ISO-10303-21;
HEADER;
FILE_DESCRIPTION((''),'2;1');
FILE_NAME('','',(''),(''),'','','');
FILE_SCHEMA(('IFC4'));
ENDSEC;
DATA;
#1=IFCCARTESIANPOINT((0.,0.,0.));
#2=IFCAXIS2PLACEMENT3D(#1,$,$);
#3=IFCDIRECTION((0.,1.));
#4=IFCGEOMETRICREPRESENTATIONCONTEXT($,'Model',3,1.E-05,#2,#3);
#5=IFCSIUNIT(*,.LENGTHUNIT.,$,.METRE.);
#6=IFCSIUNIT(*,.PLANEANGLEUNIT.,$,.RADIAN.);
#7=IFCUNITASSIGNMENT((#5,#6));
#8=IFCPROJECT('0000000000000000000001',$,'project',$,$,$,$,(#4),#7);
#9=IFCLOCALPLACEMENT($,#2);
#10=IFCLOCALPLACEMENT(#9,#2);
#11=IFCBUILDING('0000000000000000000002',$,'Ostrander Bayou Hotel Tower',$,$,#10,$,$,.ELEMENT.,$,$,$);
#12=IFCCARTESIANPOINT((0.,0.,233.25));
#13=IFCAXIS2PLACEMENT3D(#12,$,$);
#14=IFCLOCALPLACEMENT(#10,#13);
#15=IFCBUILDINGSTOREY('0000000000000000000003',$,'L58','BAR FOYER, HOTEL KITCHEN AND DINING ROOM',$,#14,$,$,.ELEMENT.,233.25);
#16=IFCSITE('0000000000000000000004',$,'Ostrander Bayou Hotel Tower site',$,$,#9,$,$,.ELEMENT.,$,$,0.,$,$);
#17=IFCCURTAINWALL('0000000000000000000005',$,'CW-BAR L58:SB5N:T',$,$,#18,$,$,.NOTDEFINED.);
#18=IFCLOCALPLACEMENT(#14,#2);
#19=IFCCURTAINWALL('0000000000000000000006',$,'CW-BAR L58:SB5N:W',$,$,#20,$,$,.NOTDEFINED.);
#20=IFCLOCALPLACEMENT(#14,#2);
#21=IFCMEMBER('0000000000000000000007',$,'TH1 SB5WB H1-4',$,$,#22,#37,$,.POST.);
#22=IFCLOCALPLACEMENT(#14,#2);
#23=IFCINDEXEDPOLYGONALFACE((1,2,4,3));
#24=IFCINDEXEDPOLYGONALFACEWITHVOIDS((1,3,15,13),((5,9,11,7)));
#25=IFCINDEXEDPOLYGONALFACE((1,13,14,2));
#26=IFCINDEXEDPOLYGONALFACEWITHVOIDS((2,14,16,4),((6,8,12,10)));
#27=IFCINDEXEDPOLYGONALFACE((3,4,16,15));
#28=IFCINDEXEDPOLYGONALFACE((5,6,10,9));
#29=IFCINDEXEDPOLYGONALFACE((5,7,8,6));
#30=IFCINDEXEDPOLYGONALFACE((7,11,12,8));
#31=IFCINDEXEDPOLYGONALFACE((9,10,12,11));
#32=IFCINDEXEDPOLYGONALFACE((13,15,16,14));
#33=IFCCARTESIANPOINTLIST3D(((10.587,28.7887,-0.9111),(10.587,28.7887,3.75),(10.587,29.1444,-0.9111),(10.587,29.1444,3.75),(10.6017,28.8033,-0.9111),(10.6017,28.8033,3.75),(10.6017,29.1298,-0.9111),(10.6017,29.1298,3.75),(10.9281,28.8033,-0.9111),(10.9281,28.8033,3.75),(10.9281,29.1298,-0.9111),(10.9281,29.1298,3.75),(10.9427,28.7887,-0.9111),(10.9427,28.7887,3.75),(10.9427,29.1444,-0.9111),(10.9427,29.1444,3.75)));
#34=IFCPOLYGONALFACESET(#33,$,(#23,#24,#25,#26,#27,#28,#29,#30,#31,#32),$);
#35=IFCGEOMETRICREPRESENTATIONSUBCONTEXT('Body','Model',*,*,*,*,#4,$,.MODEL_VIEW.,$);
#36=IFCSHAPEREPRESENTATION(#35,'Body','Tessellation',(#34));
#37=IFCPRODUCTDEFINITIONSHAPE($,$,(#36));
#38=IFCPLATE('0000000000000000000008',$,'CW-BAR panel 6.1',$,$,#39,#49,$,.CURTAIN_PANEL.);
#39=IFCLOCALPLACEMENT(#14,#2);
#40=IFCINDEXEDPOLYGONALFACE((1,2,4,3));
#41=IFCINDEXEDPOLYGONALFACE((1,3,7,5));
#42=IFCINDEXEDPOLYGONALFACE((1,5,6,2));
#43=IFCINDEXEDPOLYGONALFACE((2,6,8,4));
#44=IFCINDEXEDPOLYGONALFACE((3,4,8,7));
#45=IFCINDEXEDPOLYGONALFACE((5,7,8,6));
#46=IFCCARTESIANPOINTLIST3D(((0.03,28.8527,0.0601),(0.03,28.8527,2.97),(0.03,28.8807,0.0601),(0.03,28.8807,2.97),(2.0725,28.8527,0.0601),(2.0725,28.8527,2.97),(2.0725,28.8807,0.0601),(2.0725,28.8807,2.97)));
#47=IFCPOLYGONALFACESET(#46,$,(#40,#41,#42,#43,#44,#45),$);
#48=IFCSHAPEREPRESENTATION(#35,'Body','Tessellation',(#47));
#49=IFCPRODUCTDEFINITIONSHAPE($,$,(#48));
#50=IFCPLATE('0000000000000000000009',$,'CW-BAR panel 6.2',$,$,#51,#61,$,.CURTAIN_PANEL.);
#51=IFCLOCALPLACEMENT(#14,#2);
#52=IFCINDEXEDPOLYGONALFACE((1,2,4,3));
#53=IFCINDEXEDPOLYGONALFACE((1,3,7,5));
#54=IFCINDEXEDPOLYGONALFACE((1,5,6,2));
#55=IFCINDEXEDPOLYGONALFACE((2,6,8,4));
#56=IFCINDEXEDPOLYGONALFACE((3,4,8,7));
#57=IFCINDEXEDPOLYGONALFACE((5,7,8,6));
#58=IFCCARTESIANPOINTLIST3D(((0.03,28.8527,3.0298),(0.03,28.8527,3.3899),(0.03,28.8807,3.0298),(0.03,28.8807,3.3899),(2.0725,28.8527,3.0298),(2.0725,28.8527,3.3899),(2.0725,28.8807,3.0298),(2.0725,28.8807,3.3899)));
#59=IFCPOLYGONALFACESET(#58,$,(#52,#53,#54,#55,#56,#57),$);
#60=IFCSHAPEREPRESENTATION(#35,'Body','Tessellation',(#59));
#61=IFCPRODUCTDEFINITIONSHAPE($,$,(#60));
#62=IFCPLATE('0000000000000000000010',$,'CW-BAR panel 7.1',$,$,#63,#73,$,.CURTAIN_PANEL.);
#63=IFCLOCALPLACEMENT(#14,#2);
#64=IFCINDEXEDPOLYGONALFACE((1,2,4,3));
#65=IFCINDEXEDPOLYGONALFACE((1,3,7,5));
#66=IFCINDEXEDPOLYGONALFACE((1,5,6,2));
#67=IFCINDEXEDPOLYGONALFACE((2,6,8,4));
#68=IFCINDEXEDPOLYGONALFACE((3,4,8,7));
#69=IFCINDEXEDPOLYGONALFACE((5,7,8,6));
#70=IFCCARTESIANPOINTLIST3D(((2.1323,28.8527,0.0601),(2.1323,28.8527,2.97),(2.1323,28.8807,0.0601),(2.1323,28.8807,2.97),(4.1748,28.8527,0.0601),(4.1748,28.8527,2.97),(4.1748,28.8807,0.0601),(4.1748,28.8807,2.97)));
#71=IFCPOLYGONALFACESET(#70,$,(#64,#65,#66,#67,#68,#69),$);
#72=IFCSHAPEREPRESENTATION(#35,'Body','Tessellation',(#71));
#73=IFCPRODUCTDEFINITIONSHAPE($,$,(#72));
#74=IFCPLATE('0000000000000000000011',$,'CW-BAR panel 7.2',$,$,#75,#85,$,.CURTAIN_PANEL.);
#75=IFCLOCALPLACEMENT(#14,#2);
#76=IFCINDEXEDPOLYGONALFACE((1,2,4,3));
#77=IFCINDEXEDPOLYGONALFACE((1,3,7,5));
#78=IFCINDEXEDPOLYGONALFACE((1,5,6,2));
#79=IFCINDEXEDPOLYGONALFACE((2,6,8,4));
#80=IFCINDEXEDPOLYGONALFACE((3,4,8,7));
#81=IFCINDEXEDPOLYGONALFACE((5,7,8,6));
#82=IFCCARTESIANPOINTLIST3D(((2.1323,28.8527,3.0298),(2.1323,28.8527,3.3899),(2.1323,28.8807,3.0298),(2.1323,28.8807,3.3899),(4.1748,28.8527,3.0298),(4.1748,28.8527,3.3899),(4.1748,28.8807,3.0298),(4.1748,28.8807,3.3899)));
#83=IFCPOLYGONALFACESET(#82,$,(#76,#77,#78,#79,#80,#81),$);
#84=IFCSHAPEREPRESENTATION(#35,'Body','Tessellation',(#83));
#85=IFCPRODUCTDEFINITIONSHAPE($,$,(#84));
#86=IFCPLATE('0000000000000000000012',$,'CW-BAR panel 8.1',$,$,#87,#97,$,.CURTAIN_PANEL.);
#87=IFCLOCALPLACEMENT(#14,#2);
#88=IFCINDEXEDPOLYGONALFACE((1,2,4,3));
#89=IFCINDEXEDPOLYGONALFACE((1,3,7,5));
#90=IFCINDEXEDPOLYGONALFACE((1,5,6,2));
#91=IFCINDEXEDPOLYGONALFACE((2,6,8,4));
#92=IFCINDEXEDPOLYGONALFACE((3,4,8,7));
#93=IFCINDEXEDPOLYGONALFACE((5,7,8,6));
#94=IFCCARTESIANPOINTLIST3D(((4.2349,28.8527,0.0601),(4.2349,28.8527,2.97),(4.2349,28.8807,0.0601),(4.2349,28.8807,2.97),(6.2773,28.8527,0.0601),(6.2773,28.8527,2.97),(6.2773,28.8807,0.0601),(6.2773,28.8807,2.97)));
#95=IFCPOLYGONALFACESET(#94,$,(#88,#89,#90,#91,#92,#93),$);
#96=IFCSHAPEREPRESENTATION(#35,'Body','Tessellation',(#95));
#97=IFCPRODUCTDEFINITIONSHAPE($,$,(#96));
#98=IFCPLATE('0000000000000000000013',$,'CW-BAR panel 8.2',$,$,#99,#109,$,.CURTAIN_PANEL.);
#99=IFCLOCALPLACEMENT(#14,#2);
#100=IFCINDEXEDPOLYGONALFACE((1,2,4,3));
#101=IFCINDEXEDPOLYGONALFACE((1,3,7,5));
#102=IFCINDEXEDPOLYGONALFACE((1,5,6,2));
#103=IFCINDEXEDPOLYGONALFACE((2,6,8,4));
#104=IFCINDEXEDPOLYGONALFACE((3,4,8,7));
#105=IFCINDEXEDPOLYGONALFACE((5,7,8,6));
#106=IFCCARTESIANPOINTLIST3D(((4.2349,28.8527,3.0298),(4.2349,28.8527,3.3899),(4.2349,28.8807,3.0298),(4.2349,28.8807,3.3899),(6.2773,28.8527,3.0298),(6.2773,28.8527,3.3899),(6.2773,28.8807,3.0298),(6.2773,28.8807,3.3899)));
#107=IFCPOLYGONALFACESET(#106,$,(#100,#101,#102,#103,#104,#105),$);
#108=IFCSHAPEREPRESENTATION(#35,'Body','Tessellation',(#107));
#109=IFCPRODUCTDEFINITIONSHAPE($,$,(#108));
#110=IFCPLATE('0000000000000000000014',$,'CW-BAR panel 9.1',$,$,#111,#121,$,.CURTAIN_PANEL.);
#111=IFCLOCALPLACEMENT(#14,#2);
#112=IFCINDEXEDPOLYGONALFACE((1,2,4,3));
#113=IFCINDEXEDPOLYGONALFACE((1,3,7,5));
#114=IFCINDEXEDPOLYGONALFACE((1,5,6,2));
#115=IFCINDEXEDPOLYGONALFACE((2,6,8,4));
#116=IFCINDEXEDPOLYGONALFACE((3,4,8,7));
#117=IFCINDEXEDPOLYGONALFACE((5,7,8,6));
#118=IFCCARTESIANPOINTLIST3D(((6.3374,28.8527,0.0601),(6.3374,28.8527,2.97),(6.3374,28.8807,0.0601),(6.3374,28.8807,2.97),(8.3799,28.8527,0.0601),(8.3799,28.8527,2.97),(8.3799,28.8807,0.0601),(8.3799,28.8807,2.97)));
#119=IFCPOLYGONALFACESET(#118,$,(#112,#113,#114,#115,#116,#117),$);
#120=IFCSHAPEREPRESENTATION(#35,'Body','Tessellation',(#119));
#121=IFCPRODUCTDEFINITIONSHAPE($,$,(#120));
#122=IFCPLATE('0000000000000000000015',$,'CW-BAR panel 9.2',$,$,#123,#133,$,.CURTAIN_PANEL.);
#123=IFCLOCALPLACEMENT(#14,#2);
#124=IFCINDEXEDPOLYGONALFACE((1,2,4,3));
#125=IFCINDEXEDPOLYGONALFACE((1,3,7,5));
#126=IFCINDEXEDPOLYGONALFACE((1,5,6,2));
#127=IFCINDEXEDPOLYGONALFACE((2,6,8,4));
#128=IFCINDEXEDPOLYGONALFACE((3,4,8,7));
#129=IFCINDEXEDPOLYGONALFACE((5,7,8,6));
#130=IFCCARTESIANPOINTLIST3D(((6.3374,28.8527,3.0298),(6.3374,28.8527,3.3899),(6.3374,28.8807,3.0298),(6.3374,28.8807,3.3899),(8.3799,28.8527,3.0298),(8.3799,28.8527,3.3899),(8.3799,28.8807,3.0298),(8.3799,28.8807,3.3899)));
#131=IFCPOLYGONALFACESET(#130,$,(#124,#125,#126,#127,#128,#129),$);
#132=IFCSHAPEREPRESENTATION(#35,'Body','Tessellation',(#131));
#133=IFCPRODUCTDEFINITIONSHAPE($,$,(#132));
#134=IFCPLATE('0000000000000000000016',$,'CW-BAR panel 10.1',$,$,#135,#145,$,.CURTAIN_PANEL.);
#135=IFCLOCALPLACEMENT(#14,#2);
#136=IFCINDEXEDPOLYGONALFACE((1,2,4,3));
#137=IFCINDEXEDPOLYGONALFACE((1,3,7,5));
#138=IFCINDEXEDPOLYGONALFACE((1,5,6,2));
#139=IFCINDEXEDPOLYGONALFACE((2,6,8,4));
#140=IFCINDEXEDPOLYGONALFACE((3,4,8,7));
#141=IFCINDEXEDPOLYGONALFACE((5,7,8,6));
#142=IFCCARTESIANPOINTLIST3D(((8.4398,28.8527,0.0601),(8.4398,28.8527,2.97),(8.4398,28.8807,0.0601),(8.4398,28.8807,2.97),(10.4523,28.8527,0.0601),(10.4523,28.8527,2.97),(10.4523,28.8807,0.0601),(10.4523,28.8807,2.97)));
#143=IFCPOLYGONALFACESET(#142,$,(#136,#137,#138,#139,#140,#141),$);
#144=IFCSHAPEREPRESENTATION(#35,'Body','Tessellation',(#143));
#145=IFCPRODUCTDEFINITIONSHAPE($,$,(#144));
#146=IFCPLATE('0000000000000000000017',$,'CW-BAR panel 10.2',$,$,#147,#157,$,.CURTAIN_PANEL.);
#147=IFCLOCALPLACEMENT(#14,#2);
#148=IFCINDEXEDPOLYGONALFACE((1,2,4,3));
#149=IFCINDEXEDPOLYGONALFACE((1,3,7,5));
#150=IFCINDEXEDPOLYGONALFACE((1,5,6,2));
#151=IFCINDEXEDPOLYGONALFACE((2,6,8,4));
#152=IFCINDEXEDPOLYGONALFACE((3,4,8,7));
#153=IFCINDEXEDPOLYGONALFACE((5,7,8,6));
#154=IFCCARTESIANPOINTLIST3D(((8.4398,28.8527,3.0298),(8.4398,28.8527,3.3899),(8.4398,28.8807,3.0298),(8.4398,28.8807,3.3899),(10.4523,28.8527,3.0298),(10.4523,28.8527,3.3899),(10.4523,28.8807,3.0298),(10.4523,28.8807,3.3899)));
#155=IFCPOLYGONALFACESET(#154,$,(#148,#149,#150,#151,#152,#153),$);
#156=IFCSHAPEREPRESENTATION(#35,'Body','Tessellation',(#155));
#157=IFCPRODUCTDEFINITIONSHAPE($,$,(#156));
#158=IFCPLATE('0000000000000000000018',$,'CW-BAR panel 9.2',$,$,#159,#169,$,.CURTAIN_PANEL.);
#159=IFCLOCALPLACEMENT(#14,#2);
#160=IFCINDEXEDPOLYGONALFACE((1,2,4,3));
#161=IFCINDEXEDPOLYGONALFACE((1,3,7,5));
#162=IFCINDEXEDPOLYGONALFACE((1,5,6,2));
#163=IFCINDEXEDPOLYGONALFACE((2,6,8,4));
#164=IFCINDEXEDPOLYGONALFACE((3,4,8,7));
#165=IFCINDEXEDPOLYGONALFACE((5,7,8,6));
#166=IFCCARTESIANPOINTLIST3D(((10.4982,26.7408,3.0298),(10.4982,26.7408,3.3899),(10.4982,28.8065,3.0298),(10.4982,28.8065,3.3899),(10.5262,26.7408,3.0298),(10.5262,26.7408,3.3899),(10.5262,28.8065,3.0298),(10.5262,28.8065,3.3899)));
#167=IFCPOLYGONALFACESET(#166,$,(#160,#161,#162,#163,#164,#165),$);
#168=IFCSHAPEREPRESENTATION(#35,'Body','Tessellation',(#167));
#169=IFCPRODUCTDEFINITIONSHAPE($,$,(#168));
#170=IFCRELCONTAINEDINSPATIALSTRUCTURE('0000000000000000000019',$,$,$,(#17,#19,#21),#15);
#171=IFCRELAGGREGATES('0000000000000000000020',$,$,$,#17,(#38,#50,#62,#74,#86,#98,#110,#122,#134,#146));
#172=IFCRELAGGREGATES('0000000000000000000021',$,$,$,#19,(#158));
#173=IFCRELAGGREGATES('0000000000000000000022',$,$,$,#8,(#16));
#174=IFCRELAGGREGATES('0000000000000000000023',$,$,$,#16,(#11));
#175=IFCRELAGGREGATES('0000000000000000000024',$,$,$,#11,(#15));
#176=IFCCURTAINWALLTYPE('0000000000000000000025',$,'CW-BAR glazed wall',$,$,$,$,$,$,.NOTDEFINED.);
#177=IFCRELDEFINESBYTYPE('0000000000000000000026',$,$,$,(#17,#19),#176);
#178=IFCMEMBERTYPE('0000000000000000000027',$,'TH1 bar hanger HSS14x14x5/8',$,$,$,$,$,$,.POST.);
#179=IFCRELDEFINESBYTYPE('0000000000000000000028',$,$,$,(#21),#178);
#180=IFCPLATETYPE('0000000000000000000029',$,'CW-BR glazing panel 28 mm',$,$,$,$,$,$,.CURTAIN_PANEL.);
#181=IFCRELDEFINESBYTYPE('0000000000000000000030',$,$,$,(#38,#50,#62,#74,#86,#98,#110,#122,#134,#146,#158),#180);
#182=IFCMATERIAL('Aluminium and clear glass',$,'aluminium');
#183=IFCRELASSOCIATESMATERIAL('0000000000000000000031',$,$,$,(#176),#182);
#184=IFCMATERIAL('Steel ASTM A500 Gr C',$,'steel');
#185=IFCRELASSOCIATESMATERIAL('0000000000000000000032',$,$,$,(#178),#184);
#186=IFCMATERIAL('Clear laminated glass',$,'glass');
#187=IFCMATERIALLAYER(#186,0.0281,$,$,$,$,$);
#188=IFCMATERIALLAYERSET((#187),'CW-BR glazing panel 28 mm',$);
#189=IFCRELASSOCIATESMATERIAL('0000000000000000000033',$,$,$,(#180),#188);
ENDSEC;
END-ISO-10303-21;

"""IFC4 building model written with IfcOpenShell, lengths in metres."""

from ifc_helpers import new_model, si_unit, direction, frame, origin, origin_2d, place, context, subcontext, project, spatial, rectangle, hollow_rectangle, extrude, material, layer, layer_set, material_profile, profile_set, type_object, element, aggregate, save


model = new_model("IFC4")

# Units and contexts
model_context = context("Model", 3, precision=1e-05, world=origin(), true_north=direction((0.0, 1.0)))
body_context = subcontext(model_context, "Body", "Model", "MODEL_VIEW")
ifc_project = project(units=[si_unit("LENGTHUNIT", "METRE"), si_unit("PLANEANGLEUNIT", "RADIAN")], contexts=[model_context])

# Site, building, storey
site_placement = place(None, origin())
site = spatial("IfcSite", under=ifc_project, at=site_placement, Name="Ostrander Bayou Hotel Tower site", CompositionType="ELEMENT", RefElevation=0.0)
building_placement = place(site_placement, origin())
building = spatial("IfcBuilding", under=site, at=building_placement, Name="Ostrander Bayou Hotel Tower", CompositionType="ELEMENT")
storey_placement = place(building_placement, frame((0.0, 0.0, 233.25)))
storey = spatial("IfcBuildingStorey", under=building, at=storey_placement, Name="L58", Description="BAR FOYER, HOTEL KITCHEN AND DINING ROOM", CompositionType="ELEMENT", Elevation=233.25)

# Curtain wall
ifc_material_1 = material(Name="Aluminium and clear glass", Category="aluminium")
curtain_wall_type = type_object("IfcCurtainWallType", Name="CW-BAR glazed wall", PredefinedType="NOTDEFINED", material=ifc_material_1)
curtain_wall_1_placement = place(storey_placement, origin())
curtain_wall_1 = element("IfcCurtainWall", 1, at=curtain_wall_1_placement, inside=storey, type_object=curtain_wall_type, Name="CW-BAR L58:SB5N:T", PredefinedType="NOTDEFINED")

# Curtain wall
curtain_wall_2_placement = place(storey_placement, origin())
curtain_wall_2 = element("IfcCurtainWall", 2, at=curtain_wall_2_placement, inside=storey, type_object=curtain_wall_type, Name="CW-BAR L58:SB5N:W", PredefinedType="NOTDEFINED")

# Member
ifc_material_2 = material(Name="Steel ASTM A500 Gr C", Category="steel")
ifc_material_profile_1 = material_profile(ifc_material_2, hollow_rectangle(XDim=0.3557, YDim=0.3557, WallThickness=0.0146, at=origin_2d()))
ifc_profile_set_1 = profile_set([ifc_material_profile_1], Name="Steel ASTM A500 Gr C")
member_type_1 = type_object("IfcMemberType", Name="TH1 bar hanger HSS14x14x5/8", PredefinedType="POST", material=ifc_profile_set_1)
member_1_placement = place(storey_placement, frame((10.7649, 28.9666, -0.9111), z_axis=(0.0, 0.0, 1.0), x_axis=(1.0, 0.0, 0.0)))
element("IfcMember", 3, at=member_1_placement, inside=storey, type_object=member_type_1, Name="TH1 SB5WB H1-4", PredefinedType="POST", context=body_context, shape_type="SweptSolid", body=[
    extrude(hollow_rectangle(XDim=0.3557, YDim=0.3557, WallThickness=0.0146, at=origin_2d()), origin(), (0.0, 0.0, 1.0), 4.6611),
])

# Plates
ifc_material_3 = material(Name="Clear laminated glass", Category="glass")
ifc_layer = layer(ifc_material_3, 0.0281)
ifc_layer_set = layer_set([ifc_layer], Name="CW-BR glazing panel 28 mm")
plate_type = type_object("IfcPlateType", Name="CW-BR glazing panel 28 mm", PredefinedType="CURTAIN_PANEL", material=ifc_layer_set)
plate_1_placement = place(storey_placement, frame((1.0513, 28.8667, 0.0601), z_axis=(0.0, 0.0, 1.0), x_axis=(1.0, 0.0, 0.0)))
plate_1 = element("IfcPlate", 4, at=plate_1_placement, type_object=plate_type, Name="CW-BAR panel 6.1", PredefinedType="CURTAIN_PANEL", context=body_context, shape_type="SweptSolid", body=[
    extrude(rectangle(XDim=2.0425, YDim=0.0281, at=origin_2d()), origin(), (0.0, 0.0, 1.0), 2.9099),
])
plate_2_placement = place(storey_placement, frame((1.0513, 28.8667, 3.0298), z_axis=(0.0, 0.0, 1.0), x_axis=(1.0, 0.0, 0.0)))
plate_2 = element("IfcPlate", 5, at=plate_2_placement, type_object=plate_type, Name="CW-BAR panel 6.2", PredefinedType="CURTAIN_PANEL", context=body_context, shape_type="SweptSolid", body=[
    extrude(rectangle(XDim=2.0425, YDim=0.0281, at=origin_2d()), origin(), (0.0, 0.0, 1.0), 0.3601),
])
plate_3_placement = place(storey_placement, frame((3.1536, 28.8667, 0.0601), z_axis=(0.0, 0.0, 1.0), x_axis=(1.0, 0.0, 0.0)))
plate_3 = element("IfcPlate", 6, at=plate_3_placement, type_object=plate_type, Name="CW-BAR panel 7.1", PredefinedType="CURTAIN_PANEL", context=body_context, shape_type="SweptSolid", body=[
    extrude(rectangle(XDim=2.0425, YDim=0.0281, at=origin_2d()), origin(), (0.0, 0.0, 1.0), 2.9099),
])
plate_4_placement = place(storey_placement, frame((3.1536, 28.8667, 3.0298), z_axis=(0.0, 0.0, 1.0), x_axis=(1.0, 0.0, 0.0)))
plate_4 = element("IfcPlate", 7, at=plate_4_placement, type_object=plate_type, Name="CW-BAR panel 7.2", PredefinedType="CURTAIN_PANEL", context=body_context, shape_type="SweptSolid", body=[
    extrude(rectangle(XDim=2.0425, YDim=0.0281, at=origin_2d()), origin(), (0.0, 0.0, 1.0), 0.3601),
])
plate_5_placement = place(storey_placement, frame((5.2561, 28.8667, 0.0601), z_axis=(0.0, 0.0, 1.0), x_axis=(1.0, 0.0, 0.0)))
plate_5 = element("IfcPlate", 8, at=plate_5_placement, type_object=plate_type, Name="CW-BAR panel 8.1", PredefinedType="CURTAIN_PANEL", context=body_context, shape_type="SweptSolid", body=[
    extrude(rectangle(XDim=2.0425, YDim=0.0281, at=origin_2d()), origin(), (0.0, 0.0, 1.0), 2.9099),
])
plate_6_placement = place(storey_placement, frame((5.2561, 28.8667, 3.0298), z_axis=(0.0, 0.0, 1.0), x_axis=(1.0, 0.0, 0.0)))
plate_6 = element("IfcPlate", 9, at=plate_6_placement, type_object=plate_type, Name="CW-BAR panel 8.2", PredefinedType="CURTAIN_PANEL", context=body_context, shape_type="SweptSolid", body=[
    extrude(rectangle(XDim=2.0425, YDim=0.0281, at=origin_2d()), origin(), (0.0, 0.0, 1.0), 0.3601),
])
plate_7_placement = place(storey_placement, frame((7.3586, 28.8667, 0.0601), z_axis=(0.0, 0.0, 1.0), x_axis=(1.0, 0.0, 0.0)))
plate_7 = element("IfcPlate", 10, at=plate_7_placement, type_object=plate_type, Name="CW-BAR panel 9.1", PredefinedType="CURTAIN_PANEL", context=body_context, shape_type="SweptSolid", body=[
    extrude(rectangle(XDim=2.0425, YDim=0.0281, at=origin_2d()), origin(), (0.0, 0.0, 1.0), 2.9099),
])
plate_8_placement = place(storey_placement, frame((7.3586, 28.8667, 3.0298), z_axis=(0.0, 0.0, 1.0), x_axis=(1.0, 0.0, 0.0)))
plate_8 = element("IfcPlate", 11, at=plate_8_placement, type_object=plate_type, Name="CW-BAR panel 9.2", PredefinedType="CURTAIN_PANEL", context=body_context, shape_type="SweptSolid", body=[
    extrude(rectangle(XDim=2.0425, YDim=0.0281, at=origin_2d()), origin(), (0.0, 0.0, 1.0), 0.3601),
])
plate_9_placement = place(storey_placement, frame((9.446, 28.8667, 0.0601), z_axis=(0.0, 0.0, 1.0), x_axis=(1.0, 0.0, 0.0)))
plate_9 = element("IfcPlate", 12, at=plate_9_placement, type_object=plate_type, Name="CW-BAR panel 10.1", PredefinedType="CURTAIN_PANEL", context=body_context, shape_type="SweptSolid", body=[
    extrude(rectangle(XDim=2.0125, YDim=0.0281, at=origin_2d()), origin(), (0.0, 0.0, 1.0), 2.9099),
])
plate_10_placement = place(storey_placement, frame((9.446, 28.8667, 3.0298), z_axis=(0.0, 0.0, 1.0), x_axis=(1.0, 0.0, 0.0)))
plate_10 = element("IfcPlate", 13, at=plate_10_placement, type_object=plate_type, Name="CW-BAR panel 10.2", PredefinedType="CURTAIN_PANEL", context=body_context, shape_type="SweptSolid", body=[
    extrude(rectangle(XDim=2.0125, YDim=0.0281, at=origin_2d()), origin(), (0.0, 0.0, 1.0), 0.3601),
])
aggregate(curtain_wall_1, [plate_1, plate_2, plate_3, plate_4, plate_5, plate_6, plate_7, plate_8, plate_9, plate_10])
plate_11_placement = place(storey_placement, frame((10.5122, 27.7737, 3.0298), z_axis=(0.0, 0.0, 1.0), x_axis=(0.0, 1.0, 0.0)))
plate_11 = element("IfcPlate", 14, at=plate_11_placement, type_object=plate_type, Name="CW-BAR panel 9.2", PredefinedType="CURTAIN_PANEL", context=body_context, shape_type="SweptSolid", body=[
    extrude(rectangle(XDim=2.0657, YDim=0.0281, at=origin_2d()), origin(), (0.0, 0.0, 1.0), 0.3601),
])
aggregate(curtain_wall_2, [plate_11])

save(model, "model.ifc")
